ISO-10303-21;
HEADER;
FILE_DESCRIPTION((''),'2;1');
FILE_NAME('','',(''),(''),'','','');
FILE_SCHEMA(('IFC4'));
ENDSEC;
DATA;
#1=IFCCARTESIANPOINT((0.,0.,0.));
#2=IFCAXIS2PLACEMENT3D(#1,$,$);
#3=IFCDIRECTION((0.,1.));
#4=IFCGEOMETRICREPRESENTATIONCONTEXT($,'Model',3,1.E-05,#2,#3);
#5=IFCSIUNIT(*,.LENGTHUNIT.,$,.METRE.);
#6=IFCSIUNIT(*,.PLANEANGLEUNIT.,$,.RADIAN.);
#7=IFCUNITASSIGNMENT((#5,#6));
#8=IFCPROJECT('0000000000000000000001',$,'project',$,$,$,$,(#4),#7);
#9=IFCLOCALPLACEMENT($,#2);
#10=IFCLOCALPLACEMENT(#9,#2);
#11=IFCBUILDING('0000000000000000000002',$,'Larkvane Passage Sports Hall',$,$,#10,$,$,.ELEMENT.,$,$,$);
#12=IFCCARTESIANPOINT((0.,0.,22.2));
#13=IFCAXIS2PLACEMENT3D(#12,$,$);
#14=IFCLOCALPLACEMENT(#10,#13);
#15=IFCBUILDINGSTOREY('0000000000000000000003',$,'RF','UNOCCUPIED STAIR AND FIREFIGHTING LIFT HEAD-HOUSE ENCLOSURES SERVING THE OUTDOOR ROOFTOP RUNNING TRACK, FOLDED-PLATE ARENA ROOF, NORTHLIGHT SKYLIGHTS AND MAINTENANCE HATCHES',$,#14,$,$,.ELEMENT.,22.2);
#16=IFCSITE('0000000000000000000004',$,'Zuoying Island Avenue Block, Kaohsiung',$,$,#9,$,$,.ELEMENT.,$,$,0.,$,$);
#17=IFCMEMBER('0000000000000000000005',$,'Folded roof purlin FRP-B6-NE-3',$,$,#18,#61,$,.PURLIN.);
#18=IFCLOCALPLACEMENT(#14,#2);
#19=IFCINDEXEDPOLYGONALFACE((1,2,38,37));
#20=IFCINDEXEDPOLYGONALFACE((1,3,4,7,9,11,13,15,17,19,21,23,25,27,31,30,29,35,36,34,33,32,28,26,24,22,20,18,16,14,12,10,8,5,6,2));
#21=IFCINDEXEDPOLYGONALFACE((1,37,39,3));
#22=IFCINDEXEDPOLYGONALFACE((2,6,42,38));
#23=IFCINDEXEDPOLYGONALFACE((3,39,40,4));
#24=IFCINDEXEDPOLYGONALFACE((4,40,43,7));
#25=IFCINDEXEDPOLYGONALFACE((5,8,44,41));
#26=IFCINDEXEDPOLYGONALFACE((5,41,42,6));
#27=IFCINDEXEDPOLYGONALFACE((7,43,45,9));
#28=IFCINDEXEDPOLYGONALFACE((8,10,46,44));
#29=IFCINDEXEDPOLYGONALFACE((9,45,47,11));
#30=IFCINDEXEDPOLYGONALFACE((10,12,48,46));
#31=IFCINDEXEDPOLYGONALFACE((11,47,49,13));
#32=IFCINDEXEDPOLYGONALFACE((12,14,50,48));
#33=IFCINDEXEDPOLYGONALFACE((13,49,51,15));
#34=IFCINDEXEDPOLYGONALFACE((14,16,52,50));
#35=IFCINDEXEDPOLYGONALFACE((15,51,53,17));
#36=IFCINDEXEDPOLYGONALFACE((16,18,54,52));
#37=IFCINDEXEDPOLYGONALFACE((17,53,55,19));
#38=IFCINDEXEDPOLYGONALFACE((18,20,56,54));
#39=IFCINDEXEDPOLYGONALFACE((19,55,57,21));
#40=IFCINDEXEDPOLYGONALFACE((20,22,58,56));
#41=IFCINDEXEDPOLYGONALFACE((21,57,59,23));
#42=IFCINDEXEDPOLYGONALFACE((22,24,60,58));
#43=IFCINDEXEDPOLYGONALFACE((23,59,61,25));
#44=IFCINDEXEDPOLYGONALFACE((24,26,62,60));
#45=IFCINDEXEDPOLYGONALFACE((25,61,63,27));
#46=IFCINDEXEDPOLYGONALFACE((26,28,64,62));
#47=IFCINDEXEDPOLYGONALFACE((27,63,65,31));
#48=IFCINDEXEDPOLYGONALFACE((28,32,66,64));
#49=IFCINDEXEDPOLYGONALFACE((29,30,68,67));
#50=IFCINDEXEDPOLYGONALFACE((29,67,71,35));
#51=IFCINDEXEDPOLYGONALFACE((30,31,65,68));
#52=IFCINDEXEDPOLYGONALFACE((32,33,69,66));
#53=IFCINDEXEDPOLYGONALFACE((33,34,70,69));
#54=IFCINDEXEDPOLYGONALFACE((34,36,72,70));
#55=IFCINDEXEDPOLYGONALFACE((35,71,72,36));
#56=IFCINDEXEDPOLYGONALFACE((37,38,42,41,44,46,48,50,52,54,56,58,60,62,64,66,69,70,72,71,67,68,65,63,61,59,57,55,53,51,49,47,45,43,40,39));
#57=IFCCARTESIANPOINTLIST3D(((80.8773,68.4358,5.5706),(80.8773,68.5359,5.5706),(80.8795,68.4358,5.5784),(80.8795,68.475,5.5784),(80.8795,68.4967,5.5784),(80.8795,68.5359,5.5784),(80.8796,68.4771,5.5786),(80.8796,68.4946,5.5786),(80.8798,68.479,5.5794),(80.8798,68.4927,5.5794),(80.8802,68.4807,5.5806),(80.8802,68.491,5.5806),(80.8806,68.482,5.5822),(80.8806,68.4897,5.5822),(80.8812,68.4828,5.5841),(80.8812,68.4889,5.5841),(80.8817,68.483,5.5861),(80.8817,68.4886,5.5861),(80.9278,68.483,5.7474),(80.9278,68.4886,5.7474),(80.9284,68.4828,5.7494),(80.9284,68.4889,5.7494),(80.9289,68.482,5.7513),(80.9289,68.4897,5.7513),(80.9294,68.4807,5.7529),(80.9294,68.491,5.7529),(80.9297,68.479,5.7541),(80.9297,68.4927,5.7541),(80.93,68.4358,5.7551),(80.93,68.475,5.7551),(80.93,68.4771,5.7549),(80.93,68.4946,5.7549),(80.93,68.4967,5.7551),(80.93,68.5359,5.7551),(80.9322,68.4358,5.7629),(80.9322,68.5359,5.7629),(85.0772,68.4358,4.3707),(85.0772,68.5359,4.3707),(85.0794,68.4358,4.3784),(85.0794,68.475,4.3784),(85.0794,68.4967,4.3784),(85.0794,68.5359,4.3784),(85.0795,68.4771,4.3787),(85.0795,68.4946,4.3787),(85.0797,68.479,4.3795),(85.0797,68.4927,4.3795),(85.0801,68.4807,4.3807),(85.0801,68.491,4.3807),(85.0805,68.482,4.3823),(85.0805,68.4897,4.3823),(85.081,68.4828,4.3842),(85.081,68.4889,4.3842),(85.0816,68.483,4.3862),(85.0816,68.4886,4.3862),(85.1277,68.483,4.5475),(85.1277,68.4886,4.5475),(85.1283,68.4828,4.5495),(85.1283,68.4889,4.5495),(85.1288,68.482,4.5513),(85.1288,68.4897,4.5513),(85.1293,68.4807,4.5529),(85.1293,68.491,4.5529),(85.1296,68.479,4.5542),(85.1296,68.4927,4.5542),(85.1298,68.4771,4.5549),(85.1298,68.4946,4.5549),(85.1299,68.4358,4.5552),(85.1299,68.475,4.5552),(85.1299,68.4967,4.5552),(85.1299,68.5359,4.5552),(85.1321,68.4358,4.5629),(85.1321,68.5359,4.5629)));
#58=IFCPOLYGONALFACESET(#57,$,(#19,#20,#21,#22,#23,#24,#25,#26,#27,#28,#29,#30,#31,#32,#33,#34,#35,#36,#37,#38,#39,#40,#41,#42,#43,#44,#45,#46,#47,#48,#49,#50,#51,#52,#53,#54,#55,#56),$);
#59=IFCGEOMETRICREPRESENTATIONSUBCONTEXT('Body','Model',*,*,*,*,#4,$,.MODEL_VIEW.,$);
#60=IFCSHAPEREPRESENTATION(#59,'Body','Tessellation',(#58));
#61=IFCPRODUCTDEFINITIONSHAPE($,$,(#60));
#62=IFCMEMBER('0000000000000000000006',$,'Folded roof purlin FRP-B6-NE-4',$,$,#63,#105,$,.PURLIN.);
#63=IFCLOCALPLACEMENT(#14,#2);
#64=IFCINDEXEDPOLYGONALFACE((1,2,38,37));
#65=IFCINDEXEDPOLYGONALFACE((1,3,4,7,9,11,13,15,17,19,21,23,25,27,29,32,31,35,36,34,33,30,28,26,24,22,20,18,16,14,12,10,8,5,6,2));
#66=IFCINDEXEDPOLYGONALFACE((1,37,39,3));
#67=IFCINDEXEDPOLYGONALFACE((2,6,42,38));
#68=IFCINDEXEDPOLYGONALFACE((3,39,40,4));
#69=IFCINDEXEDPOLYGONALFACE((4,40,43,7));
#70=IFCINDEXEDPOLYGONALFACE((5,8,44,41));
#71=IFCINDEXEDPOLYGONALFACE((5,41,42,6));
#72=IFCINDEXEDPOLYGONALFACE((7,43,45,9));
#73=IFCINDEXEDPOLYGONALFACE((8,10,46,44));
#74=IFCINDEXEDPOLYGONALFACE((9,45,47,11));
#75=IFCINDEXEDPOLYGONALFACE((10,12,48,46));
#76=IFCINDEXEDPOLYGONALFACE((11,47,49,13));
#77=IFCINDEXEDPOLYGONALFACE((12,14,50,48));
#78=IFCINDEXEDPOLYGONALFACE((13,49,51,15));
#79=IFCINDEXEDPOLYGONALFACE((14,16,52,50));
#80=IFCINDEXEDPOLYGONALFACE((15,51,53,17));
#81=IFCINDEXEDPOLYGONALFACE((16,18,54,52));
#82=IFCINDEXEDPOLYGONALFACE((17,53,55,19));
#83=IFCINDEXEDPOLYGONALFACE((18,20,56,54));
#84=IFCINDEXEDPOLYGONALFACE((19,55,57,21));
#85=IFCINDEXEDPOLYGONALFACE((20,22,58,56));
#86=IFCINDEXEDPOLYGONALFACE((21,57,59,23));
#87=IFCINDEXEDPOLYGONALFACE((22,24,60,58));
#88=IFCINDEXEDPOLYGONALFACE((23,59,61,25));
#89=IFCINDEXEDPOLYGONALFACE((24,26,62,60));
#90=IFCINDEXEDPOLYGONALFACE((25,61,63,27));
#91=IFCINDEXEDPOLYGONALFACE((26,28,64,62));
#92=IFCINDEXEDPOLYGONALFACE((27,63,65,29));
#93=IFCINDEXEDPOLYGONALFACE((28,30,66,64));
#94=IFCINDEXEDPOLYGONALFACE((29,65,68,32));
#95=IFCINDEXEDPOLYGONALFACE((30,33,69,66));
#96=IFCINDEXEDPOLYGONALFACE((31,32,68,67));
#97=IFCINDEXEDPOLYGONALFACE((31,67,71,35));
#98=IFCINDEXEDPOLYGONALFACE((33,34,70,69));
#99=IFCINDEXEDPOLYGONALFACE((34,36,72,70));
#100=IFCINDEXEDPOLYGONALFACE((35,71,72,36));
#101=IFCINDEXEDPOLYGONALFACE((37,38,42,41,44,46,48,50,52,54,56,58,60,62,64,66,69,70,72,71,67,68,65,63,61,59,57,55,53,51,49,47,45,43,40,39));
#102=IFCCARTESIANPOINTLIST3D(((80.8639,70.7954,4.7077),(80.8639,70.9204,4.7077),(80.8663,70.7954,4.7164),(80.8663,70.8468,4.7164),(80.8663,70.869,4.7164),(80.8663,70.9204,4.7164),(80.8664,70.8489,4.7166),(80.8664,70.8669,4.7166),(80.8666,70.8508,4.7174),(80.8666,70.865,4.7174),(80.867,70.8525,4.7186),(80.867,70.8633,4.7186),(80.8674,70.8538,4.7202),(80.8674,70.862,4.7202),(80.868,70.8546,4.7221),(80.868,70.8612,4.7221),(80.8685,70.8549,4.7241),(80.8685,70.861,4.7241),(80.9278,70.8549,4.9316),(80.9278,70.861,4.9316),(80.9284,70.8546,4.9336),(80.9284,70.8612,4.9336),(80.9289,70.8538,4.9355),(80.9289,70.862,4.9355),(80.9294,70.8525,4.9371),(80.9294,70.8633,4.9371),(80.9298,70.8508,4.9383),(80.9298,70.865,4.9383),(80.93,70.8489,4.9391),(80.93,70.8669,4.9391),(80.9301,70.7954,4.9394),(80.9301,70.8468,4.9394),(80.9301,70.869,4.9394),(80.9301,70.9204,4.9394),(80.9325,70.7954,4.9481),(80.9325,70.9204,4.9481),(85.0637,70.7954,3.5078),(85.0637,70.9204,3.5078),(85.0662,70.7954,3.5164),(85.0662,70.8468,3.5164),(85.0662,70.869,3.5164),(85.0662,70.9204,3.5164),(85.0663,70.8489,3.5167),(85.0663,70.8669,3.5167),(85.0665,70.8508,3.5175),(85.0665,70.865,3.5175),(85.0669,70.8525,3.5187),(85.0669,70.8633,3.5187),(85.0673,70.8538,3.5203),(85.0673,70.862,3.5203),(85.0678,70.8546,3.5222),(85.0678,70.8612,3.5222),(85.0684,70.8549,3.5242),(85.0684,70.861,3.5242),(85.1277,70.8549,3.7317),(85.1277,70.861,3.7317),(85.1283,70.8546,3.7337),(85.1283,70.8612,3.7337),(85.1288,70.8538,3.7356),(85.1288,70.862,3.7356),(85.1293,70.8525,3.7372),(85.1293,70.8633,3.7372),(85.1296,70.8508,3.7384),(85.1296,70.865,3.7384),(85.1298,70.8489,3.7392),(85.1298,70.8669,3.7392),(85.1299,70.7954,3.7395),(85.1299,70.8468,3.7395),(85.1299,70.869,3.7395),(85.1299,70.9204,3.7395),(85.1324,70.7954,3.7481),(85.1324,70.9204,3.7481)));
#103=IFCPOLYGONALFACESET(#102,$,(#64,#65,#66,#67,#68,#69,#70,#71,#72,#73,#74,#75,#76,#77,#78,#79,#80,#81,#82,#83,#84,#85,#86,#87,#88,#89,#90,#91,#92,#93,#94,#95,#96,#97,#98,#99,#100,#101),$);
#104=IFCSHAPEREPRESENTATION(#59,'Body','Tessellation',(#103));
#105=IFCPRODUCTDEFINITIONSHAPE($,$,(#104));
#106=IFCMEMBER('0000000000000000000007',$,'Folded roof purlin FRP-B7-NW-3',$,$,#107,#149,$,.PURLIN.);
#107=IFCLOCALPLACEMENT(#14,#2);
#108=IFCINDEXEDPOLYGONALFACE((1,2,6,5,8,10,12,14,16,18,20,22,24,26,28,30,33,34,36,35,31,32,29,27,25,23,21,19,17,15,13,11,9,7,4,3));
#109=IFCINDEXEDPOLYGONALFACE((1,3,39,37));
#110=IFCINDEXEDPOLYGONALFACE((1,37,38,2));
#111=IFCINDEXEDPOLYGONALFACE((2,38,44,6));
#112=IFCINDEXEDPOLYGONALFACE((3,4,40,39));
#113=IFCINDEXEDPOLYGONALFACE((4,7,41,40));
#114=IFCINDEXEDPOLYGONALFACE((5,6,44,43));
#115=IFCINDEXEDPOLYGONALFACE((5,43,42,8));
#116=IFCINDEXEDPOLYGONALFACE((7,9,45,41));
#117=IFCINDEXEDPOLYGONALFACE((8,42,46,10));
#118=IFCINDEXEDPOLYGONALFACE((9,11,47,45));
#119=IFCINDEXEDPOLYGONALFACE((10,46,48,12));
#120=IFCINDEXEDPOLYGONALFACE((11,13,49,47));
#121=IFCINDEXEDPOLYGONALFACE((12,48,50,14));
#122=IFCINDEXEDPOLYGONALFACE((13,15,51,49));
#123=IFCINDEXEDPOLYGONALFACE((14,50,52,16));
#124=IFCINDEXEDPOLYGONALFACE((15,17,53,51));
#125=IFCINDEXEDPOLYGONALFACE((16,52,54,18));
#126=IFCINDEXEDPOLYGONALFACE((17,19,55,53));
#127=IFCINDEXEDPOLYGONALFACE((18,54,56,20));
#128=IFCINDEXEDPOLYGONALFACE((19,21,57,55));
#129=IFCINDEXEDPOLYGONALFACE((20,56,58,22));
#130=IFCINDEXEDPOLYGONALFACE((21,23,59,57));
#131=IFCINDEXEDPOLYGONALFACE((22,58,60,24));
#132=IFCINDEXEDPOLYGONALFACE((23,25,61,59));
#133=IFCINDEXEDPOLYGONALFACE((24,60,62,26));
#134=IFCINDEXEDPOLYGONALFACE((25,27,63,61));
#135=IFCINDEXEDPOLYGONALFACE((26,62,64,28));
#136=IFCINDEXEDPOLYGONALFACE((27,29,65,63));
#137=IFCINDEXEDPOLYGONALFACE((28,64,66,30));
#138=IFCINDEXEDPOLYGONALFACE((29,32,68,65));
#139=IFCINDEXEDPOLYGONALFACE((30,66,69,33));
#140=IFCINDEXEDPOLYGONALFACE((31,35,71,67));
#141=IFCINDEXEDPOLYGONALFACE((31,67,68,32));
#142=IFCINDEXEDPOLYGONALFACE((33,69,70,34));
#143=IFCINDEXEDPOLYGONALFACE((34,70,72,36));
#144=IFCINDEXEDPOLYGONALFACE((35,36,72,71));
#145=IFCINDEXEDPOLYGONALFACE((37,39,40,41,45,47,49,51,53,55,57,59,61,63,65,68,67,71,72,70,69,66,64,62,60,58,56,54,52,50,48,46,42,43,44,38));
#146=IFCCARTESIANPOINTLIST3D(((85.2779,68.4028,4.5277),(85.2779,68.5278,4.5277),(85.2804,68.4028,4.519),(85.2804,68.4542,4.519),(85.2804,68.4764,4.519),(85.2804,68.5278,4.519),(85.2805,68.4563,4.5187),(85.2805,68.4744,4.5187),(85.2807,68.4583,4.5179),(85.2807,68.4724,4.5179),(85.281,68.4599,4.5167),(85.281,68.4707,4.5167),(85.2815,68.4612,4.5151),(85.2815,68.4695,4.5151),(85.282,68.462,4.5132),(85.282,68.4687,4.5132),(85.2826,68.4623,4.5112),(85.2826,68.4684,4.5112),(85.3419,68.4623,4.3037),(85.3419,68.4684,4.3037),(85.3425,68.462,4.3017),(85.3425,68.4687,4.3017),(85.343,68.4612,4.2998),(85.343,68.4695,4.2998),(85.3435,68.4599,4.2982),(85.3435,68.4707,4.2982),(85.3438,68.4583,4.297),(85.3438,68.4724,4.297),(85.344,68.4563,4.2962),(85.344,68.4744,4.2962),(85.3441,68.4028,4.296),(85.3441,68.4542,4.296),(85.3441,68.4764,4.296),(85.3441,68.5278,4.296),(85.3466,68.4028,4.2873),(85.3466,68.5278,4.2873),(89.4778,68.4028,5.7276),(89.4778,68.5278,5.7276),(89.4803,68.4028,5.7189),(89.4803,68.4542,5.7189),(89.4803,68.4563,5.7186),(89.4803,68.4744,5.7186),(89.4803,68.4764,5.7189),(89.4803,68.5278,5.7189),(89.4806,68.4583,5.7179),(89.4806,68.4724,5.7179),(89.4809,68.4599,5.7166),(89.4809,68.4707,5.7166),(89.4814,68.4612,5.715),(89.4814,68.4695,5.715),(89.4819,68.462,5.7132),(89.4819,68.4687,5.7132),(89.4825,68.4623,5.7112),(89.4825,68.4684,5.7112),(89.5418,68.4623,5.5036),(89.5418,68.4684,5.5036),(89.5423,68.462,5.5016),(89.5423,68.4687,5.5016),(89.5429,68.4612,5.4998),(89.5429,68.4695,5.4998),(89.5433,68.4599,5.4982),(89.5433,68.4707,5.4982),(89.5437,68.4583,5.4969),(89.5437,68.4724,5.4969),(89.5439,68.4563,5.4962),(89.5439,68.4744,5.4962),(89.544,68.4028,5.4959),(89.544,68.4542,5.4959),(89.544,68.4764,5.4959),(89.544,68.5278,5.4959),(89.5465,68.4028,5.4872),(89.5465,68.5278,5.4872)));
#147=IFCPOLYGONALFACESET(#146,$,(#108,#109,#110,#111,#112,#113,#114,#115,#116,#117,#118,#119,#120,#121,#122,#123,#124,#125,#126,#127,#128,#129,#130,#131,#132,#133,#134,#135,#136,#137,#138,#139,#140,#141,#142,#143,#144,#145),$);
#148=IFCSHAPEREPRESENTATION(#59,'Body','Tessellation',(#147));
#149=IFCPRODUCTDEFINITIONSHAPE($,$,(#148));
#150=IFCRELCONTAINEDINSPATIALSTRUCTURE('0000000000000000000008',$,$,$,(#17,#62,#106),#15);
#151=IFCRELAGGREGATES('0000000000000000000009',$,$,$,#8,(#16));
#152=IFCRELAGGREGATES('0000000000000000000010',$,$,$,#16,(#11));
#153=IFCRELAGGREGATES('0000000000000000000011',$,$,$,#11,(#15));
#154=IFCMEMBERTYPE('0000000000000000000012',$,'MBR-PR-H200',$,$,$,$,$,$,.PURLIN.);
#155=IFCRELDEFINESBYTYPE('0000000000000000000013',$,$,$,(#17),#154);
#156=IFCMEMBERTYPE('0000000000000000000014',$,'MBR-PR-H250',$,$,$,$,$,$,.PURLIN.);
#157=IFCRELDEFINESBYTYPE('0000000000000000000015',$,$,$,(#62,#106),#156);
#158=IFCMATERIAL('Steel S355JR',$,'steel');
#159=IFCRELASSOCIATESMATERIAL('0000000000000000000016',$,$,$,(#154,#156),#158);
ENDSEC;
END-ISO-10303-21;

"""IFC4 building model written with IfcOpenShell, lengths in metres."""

from ifc_helpers import new_model, si_unit, direction, frame, origin, origin_2d, place, context, subcontext, project, spatial, i_section, extrude, material, material_profile, profile_set, type_object, element, save


model = new_model("IFC4")

# Units and contexts
model_context = context("Model", 3, precision=1e-05, world=origin(), true_north=direction((0.0, 1.0)))
body_context = subcontext(model_context, "Body", "Model", "MODEL_VIEW")
ifc_project = project(units=[si_unit("LENGTHUNIT", "METRE"), si_unit("PLANEANGLEUNIT", "RADIAN")], contexts=[model_context])

# Site, building, storey
site_placement = place(None, origin())
site = spatial("IfcSite", under=ifc_project, at=site_placement, Name="Zuoying Island Avenue Block, Kaohsiung", CompositionType="ELEMENT", RefElevation=0.0)
building_placement = place(site_placement, origin())
building = spatial("IfcBuilding", under=site, at=building_placement, Name="Larkvane Passage Sports Hall", CompositionType="ELEMENT")
storey_placement = place(building_placement, frame((0.0, 0.0, 22.2)))
storey = spatial("IfcBuildingStorey", under=building, at=storey_placement, Name="RF", Description="UNOCCUPIED STAIR AND FIREFIGHTING LIFT HEAD-HOUSE ENCLOSURES SERVING THE OUTDOOR ROOFTOP RUNNING TRACK, FOLDED-PLATE ARENA ROOF, NORTHLIGHT SKYLIGHTS AND MAINTENANCE HATCHES", CompositionType="ELEMENT", Elevation=22.2)

# Members
ifc_material_1 = material(Name="Steel S355JR", Category="steel")
ifc_material_profile_1 = material_profile(ifc_material_1, i_section(OverallWidth=0.1001, OverallDepth=0.2, WebThickness=0.0056, FlangeThickness=0.0081, FilletRadius=0.0081, at=origin_2d()), Name="H-200x100x5.5x8")
ifc_profile_set_1 = profile_set([ifc_material_profile_1], Name="Steel S355JR")
member_type_1 = type_object("IfcMemberType", Name="MBR-PR-H200", PredefinedType="PURLIN", material=ifc_profile_set_1)
member_1_placement = place(storey_placement, frame((80.9048, 68.4858, 5.6667), z_axis=(0.961526, 0.0, -0.274714), x_axis=(0.0, 1.0, 0.0)))
element("IfcMember", 1, at=member_1_placement, inside=storey, type_object=member_type_1, Name="Folded roof purlin FRP-B6-NE-3", PredefinedType="PURLIN", context=body_context, shape_type="SweptSolid", body=[
    extrude(i_section(OverallWidth=0.1001, OverallDepth=0.2, WebThickness=0.0056, FlangeThickness=0.0081, FilletRadius=0.0081, at=origin_2d()), origin(), (0.0, 0.0, 1.0), 4.3679),
])
ifc_material_profile_2 = material_profile(ifc_material_1, i_section(OverallWidth=0.125, OverallDepth=0.25, WebThickness=0.0061, FlangeThickness=0.009, FilletRadius=0.0081, at=origin_2d()), Name="H-250x125x6x9")
ifc_profile_set_2 = profile_set([ifc_material_profile_2], Name="Steel S355JR")
member_type_2 = type_object("IfcMemberType", Name="MBR-PR-H250", PredefinedType="PURLIN", material=ifc_profile_set_2)
for number, where, z_axis, x_axis, name in (
    (2, (80.8982, 70.8579, 4.8279), (0.961526, 0.0, -0.274714), (0.0, 1.0, 0.0), "Folded roof purlin FRP-B6-NE-4"),
    (3, (85.3123, 68.4653, 4.4075), (0.961526, 0.0, 0.274714), (0.0, 1.0, 0.0), "Folded roof purlin FRP-B7-NW-3"),
):
    element("IfcMember", number, at=place(storey_placement, frame(where, z_axis=z_axis, x_axis=x_axis)), inside=storey, type_object=member_type_2, Name=name, PredefinedType="PURLIN", context=body_context, shape_type="SweptSolid", body=[
        extrude(i_section(OverallWidth=0.125, OverallDepth=0.25, WebThickness=0.0061, FlangeThickness=0.009, FilletRadius=0.0081, at=origin_2d()), origin(), (0.0, 0.0, 1.0), 4.3679),
    ])

save(model, "model.ifc")
